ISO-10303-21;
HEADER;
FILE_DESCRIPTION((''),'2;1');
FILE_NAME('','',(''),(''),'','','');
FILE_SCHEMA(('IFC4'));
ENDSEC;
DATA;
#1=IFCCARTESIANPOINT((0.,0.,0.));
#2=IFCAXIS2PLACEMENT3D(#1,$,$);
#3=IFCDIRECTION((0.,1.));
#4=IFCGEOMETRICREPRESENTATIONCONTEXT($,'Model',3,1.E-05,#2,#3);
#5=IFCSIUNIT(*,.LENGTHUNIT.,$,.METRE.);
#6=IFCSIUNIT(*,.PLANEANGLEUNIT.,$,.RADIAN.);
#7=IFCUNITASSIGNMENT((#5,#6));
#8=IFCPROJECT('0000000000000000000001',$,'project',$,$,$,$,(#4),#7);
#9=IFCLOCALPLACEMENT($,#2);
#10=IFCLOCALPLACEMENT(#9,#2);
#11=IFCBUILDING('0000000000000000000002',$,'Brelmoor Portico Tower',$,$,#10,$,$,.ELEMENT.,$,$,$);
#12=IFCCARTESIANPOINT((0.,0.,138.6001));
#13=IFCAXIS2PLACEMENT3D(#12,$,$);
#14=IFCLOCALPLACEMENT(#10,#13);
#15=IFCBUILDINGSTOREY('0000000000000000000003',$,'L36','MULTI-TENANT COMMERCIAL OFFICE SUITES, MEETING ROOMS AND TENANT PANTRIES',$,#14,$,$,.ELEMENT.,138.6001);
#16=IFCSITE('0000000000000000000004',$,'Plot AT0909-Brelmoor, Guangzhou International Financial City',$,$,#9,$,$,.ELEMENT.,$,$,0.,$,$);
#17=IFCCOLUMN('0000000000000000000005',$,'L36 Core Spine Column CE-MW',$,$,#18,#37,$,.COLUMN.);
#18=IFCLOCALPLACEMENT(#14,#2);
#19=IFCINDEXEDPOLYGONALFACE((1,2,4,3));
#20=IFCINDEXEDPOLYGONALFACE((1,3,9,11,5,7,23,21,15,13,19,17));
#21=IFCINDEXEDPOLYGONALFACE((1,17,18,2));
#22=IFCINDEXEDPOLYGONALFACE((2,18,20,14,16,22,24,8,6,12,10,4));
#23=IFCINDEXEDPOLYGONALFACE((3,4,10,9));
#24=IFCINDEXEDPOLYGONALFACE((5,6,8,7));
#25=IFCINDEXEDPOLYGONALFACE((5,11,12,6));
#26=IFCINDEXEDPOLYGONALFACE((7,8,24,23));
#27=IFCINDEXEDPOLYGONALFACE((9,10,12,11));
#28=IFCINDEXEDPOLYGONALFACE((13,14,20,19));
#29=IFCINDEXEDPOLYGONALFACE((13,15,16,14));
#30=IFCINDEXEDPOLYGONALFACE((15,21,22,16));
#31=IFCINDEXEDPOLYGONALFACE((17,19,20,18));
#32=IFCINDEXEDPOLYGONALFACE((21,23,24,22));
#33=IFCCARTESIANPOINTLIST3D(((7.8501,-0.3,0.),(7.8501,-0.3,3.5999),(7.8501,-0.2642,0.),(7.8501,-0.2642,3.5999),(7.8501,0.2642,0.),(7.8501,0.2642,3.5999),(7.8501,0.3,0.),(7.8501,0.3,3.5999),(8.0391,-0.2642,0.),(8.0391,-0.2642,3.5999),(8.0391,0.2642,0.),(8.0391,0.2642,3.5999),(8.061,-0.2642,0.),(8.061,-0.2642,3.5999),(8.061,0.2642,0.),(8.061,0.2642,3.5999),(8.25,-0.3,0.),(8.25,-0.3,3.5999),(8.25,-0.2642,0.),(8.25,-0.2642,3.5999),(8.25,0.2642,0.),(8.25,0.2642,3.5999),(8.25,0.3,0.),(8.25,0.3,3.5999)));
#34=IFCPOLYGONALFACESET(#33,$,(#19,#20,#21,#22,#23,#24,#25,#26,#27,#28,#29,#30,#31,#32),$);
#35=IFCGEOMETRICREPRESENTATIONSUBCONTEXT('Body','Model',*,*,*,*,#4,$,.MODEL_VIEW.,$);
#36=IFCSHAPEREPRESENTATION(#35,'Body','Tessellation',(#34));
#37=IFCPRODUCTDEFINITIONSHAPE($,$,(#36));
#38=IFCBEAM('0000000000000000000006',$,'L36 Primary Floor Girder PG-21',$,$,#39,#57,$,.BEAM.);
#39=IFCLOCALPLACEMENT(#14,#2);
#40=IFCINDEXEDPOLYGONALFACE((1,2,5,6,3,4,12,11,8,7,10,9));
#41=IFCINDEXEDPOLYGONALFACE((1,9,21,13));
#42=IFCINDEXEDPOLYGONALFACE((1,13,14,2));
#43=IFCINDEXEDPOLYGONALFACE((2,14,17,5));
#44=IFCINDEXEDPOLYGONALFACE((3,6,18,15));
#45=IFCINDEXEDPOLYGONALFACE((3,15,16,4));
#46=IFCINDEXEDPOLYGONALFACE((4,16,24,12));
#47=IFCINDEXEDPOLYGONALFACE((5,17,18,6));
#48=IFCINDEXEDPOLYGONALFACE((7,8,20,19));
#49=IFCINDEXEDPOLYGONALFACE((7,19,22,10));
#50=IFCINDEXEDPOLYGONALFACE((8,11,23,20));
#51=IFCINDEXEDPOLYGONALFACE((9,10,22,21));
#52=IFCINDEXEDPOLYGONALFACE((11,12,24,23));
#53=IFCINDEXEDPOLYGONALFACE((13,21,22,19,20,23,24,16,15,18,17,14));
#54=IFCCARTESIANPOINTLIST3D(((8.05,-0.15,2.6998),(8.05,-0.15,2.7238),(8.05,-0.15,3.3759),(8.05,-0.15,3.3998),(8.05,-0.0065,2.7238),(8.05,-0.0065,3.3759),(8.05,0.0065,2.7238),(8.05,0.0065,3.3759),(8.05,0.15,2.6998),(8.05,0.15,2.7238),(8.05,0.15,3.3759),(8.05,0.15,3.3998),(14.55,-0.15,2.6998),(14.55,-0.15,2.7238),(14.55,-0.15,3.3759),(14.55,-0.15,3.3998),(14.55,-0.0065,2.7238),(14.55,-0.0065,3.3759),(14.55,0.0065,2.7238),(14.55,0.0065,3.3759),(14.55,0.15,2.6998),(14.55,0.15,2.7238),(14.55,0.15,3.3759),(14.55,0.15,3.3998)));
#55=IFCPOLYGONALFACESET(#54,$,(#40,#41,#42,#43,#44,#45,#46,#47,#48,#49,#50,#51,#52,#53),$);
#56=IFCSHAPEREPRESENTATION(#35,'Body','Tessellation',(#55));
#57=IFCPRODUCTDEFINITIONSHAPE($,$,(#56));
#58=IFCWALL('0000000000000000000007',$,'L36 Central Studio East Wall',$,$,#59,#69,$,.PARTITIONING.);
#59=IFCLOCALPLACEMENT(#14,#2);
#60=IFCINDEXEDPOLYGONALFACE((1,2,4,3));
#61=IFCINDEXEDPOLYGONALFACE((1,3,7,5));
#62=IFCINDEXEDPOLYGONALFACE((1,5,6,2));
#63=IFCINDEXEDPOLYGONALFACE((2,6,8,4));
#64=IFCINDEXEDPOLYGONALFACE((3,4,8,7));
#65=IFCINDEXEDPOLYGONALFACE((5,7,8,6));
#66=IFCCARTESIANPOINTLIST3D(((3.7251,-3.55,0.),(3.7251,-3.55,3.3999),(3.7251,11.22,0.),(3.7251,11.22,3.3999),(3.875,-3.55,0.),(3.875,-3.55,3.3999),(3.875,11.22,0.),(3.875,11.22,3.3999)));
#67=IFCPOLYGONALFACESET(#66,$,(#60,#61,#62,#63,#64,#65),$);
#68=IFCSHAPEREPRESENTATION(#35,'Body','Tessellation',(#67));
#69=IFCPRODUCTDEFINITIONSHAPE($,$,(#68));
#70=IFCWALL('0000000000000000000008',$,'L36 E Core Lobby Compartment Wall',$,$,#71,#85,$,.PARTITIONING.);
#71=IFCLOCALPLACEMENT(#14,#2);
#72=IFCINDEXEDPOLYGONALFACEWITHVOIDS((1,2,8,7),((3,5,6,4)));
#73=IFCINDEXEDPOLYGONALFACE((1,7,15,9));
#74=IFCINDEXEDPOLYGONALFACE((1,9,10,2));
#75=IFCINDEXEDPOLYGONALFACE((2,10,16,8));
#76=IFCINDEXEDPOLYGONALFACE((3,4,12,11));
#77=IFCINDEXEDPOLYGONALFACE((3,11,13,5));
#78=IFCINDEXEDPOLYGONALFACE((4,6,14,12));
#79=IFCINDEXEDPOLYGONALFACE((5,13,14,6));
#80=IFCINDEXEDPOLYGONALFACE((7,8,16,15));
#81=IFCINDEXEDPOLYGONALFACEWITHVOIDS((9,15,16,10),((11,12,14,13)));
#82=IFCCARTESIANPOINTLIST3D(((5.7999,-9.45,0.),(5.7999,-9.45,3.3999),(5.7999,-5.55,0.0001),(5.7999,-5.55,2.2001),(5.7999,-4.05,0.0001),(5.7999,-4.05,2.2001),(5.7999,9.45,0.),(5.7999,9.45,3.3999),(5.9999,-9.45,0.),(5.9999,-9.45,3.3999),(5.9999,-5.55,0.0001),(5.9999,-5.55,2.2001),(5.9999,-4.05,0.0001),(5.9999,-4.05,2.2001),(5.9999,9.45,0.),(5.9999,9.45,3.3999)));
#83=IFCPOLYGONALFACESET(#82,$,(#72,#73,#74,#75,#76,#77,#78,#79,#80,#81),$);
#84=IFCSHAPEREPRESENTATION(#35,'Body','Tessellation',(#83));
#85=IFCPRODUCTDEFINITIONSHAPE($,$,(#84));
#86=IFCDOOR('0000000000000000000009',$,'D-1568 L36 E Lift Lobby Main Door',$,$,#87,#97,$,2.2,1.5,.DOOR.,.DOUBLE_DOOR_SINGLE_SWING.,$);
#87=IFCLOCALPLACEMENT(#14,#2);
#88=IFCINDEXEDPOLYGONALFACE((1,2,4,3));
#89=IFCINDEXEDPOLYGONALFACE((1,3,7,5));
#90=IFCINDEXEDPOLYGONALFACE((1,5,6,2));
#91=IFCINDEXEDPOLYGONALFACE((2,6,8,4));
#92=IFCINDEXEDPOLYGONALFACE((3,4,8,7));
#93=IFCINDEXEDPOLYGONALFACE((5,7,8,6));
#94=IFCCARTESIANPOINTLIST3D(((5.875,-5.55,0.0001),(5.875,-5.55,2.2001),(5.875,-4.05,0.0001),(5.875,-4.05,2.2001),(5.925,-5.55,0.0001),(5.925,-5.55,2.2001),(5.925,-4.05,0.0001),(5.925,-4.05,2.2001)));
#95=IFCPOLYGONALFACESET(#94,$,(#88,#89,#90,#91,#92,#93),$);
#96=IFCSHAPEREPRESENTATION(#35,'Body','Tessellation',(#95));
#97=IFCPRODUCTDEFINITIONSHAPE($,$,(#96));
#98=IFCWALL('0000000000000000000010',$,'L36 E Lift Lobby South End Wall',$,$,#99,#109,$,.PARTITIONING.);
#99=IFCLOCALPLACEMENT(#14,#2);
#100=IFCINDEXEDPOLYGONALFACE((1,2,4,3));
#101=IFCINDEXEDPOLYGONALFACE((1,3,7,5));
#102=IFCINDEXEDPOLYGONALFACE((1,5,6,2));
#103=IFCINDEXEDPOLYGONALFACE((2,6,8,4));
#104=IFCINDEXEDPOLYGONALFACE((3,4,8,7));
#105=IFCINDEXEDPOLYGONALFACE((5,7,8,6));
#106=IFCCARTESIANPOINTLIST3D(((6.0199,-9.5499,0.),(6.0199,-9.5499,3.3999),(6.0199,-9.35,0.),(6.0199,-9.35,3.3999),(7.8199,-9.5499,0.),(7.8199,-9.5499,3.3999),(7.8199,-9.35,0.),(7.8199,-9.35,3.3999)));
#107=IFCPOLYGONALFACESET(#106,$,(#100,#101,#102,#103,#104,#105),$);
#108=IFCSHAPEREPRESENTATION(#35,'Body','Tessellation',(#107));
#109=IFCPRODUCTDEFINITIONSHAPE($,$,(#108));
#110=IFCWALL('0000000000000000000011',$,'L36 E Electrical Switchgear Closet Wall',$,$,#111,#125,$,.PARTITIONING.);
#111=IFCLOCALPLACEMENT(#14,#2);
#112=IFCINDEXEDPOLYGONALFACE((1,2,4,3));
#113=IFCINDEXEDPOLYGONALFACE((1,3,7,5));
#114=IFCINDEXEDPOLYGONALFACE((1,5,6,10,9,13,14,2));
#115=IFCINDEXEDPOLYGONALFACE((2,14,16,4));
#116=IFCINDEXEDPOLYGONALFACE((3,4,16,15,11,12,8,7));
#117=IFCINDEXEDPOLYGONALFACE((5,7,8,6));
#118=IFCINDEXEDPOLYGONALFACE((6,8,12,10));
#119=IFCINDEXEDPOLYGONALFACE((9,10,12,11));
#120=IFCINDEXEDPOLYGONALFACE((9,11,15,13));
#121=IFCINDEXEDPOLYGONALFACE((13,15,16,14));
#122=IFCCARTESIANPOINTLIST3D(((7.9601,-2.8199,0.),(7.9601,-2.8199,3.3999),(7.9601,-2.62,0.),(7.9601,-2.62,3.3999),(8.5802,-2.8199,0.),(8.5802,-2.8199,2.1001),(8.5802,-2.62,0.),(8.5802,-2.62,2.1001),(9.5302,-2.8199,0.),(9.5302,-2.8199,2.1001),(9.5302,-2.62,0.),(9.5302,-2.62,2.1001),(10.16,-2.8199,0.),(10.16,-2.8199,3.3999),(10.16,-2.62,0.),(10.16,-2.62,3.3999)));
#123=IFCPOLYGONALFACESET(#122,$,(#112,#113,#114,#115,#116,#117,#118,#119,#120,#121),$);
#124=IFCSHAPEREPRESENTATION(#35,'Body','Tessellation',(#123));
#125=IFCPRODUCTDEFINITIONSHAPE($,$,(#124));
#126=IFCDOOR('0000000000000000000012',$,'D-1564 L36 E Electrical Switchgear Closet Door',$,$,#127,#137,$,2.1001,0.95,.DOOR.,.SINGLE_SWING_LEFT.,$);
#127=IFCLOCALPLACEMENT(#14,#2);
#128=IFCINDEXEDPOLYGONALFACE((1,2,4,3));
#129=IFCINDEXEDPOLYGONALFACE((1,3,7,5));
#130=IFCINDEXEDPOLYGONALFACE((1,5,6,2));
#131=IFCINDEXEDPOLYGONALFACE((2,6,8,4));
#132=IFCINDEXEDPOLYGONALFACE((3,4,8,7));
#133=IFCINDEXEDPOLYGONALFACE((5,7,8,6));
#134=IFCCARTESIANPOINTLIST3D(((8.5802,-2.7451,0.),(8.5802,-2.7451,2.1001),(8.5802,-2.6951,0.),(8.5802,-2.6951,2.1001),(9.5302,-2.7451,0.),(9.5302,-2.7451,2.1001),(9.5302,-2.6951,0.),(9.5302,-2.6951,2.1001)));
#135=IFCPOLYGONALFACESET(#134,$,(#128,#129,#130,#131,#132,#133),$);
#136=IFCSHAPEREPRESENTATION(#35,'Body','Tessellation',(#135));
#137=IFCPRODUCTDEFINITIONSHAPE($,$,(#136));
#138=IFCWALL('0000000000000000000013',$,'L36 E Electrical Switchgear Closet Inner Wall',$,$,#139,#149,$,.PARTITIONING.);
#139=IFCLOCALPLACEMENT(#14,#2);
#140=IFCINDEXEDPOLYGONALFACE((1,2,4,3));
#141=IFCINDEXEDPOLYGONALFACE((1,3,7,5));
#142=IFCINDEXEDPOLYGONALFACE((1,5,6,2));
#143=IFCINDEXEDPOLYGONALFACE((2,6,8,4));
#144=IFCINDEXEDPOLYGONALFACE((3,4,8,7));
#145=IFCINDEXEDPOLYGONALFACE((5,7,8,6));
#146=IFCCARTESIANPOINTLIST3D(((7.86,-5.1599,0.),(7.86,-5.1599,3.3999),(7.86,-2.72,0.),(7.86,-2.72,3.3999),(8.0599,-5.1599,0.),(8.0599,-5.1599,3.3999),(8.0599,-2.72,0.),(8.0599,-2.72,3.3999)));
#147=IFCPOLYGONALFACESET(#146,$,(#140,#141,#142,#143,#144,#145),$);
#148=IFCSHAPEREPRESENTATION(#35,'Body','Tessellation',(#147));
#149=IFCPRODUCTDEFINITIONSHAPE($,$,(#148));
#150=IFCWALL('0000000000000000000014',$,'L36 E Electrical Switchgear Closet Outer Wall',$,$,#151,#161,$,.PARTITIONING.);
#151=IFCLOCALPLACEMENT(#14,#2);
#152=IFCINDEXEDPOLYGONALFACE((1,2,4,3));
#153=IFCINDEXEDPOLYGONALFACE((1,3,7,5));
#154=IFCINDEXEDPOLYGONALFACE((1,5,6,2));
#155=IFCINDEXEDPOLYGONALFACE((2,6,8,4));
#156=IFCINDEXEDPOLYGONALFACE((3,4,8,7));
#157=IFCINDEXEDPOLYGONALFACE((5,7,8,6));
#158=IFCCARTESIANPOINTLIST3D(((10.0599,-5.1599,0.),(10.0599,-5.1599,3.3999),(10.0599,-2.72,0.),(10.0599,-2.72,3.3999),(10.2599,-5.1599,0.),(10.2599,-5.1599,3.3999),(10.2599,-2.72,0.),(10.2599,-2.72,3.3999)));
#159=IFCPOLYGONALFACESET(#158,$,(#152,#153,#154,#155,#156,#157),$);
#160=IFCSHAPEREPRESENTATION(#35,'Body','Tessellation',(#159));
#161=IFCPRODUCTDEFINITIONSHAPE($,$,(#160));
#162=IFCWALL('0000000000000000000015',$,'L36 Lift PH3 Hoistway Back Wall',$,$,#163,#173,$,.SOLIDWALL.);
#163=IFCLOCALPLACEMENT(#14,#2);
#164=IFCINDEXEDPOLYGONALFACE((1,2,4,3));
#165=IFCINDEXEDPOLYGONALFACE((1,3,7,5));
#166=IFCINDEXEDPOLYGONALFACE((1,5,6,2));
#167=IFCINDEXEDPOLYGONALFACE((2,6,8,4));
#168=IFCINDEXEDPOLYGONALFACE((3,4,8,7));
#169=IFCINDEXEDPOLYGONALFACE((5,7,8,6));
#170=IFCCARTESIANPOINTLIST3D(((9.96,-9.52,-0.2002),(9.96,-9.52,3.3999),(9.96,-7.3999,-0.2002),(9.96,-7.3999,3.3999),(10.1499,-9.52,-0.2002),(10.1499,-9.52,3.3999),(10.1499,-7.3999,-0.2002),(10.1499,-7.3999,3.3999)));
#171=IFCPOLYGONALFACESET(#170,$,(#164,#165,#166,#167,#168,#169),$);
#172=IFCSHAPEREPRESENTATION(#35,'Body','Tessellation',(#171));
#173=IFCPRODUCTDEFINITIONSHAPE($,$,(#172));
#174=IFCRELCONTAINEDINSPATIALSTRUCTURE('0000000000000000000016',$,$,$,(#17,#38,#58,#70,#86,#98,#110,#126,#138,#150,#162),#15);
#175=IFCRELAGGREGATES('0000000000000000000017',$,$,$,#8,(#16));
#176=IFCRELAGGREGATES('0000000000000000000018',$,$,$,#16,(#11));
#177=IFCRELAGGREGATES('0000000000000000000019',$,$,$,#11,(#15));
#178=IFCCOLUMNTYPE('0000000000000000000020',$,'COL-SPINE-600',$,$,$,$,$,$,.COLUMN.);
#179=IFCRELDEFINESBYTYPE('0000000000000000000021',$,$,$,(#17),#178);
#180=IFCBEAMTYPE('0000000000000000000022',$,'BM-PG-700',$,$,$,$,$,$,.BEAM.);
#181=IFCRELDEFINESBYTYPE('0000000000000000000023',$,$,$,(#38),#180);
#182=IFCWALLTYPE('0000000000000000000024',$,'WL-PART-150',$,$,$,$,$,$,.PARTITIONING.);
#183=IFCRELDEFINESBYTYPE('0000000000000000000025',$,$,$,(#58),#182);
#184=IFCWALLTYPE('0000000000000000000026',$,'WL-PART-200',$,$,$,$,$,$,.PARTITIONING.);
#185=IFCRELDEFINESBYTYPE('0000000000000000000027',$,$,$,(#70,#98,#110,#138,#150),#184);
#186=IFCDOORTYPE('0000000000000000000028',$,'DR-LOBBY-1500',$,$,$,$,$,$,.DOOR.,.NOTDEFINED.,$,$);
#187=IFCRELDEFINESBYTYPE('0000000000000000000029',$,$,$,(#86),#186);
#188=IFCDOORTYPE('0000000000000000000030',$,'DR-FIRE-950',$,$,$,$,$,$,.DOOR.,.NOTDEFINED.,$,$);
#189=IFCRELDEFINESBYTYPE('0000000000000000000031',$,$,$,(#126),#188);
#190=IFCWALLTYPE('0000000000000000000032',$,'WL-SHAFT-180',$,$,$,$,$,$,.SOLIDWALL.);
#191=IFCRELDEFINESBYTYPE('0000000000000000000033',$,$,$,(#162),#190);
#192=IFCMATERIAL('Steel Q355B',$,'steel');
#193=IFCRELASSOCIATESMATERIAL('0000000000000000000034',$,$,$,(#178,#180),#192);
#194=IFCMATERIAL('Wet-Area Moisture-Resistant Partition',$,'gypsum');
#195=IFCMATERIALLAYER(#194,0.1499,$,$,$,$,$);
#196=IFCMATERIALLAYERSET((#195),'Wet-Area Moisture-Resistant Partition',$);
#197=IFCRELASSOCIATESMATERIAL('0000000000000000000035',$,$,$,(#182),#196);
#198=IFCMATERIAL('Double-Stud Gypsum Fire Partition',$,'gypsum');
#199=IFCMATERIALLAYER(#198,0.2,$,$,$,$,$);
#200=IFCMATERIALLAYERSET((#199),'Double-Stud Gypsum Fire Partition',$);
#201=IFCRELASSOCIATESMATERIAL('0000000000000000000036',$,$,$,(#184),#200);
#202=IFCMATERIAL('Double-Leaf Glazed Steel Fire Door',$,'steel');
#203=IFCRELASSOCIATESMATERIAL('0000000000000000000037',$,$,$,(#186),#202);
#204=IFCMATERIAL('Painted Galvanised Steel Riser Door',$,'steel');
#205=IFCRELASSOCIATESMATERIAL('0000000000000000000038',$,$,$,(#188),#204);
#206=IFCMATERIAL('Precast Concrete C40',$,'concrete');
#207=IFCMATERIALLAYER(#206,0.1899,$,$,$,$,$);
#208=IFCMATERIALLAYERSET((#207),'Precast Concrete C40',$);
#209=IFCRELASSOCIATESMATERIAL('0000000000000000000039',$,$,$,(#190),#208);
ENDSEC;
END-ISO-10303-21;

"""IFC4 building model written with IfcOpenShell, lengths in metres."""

from ifc_helpers import new_model, si_unit, direction, frame, frame_2d, origin, origin_2d, place, context, subcontext, project, spatial, rectangle, i_section, extrude, material, layer, layer_set, material_profile, profile_set, type_object, element, fill, save


model = new_model("IFC4")

# Units and contexts
model_context = context("Model", 3, precision=1e-05, world=origin(), true_north=direction((0.0, 1.0)))
body_context = subcontext(model_context, "Body", "Model", "MODEL_VIEW")
ifc_project = project(units=[si_unit("LENGTHUNIT", "METRE"), si_unit("PLANEANGLEUNIT", "RADIAN")], contexts=[model_context])

# Site, building, storey
site_placement = place(None, origin())
site = spatial("IfcSite", under=ifc_project, at=site_placement, Name="Plot AT0909-Brelmoor, Guangzhou International Financial City", CompositionType="ELEMENT", RefElevation=0.0)
building_placement = place(site_placement, origin())
building = spatial("IfcBuilding", under=site, at=building_placement, Name="Brelmoor Portico Tower", CompositionType="ELEMENT")
storey_placement = place(building_placement, frame((0.0, 0.0, 138.6001)))
storey = spatial("IfcBuildingStorey", under=building, at=storey_placement, Name="L36", Description="MULTI-TENANT COMMERCIAL OFFICE SUITES, MEETING ROOMS AND TENANT PANTRIES", CompositionType="ELEMENT", Elevation=138.6001)

# Column
ifc_material_1 = material(Name="Steel Q355B", Category="steel")
ifc_material_profile_1 = material_profile(ifc_material_1, i_section(OverallWidth=0.3999, OverallDepth=0.6001, WebThickness=0.022, FlangeThickness=0.0359, at=origin_2d()), Name="HW 600x400x22x36")
ifc_profile_set_1 = profile_set([ifc_material_profile_1], Name="Steel Q355B")
column_type = type_object("IfcColumnType", Name="COL-SPINE-600", PredefinedType="COLUMN", material=ifc_profile_set_1)
column_placement = place(storey_placement, frame((8.05, 0.0, 0.0), z_axis=(0.0, 0.0, 1.0), x_axis=(1.0, 0.0, 0.0)))
element("IfcColumn", 1, at=column_placement, inside=storey, type_object=column_type, Name="L36 Core Spine Column CE-MW", PredefinedType="COLUMN", context=body_context, shape_type="SweptSolid", body=[
    extrude(i_section(OverallWidth=0.3999, OverallDepth=0.6001, WebThickness=0.022, FlangeThickness=0.0359, at=origin_2d()), origin(), (0.0, 0.0, 1.0), 3.5999),
])

# Beam
ifc_material_profile_2 = material_profile(ifc_material_1, i_section(OverallWidth=0.3, OverallDepth=0.7, WebThickness=0.0129, FlangeThickness=0.0239, at=origin_2d()), Name="HN 700x300x13x24")
ifc_profile_set_2 = profile_set([ifc_material_profile_2], Name="Steel Q355B")
beam_type = type_object("IfcBeamType", Name="BM-PG-700", PredefinedType="BEAM", material=ifc_profile_set_2)
beam_placement = place(storey_placement, frame((8.05, 0.0, 3.0498), z_axis=(1.0, 0.0, 0.0), x_axis=(0.0, 1.0, 0.0)))
element("IfcBeam", 2, at=beam_placement, inside=storey, type_object=beam_type, Name="L36 Primary Floor Girder PG-21", PredefinedType="BEAM", context=body_context, shape_type="SweptSolid", body=[
    extrude(i_section(OverallWidth=0.3, OverallDepth=0.7, WebThickness=0.0129, FlangeThickness=0.0239, at=origin_2d()), origin(), (0.0, 0.0, 1.0), 6.5),
])

# Wall
ifc_material_2 = material(Name="Wet-Area Moisture-Resistant Partition", Category="gypsum")
ifc_layer_1 = layer(ifc_material_2, 0.1499)
ifc_layer_set_1 = layer_set([ifc_layer_1], Name="Wet-Area Moisture-Resistant Partition")
wall_type_1 = type_object("IfcWallType", Name="WL-PART-150", PredefinedType="PARTITIONING", material=ifc_layer_set_1)
wall_1_placement = place(storey_placement, frame((3.8, -3.55, 0.0), z_axis=(0.0, 0.0, 1.0), x_axis=(0.0, 1.0, 0.0)))
element("IfcWall", 3, at=wall_1_placement, inside=storey, type_object=wall_type_1, Name="L36 Central Studio East Wall", PredefinedType="PARTITIONING", context=body_context, shape_type="SweptSolid", body=[
    extrude(rectangle(XDim=14.77, YDim=0.1499, at=frame_2d((7.385, 0.0))), origin(), (0.0, 0.0, 1.0), 3.3999),
])

# Wall, opening, door
ifc_material_3 = material(Name="Double-Stud Gypsum Fire Partition", Category="gypsum")
ifc_layer_2 = layer(ifc_material_3, 0.2)
ifc_layer_set_2 = layer_set([ifc_layer_2], Name="Double-Stud Gypsum Fire Partition")
wall_type_2 = type_object("IfcWallType", Name="WL-PART-200", PredefinedType="PARTITIONING", material=ifc_layer_set_2)
wall_2_placement = place(storey_placement, frame((5.8999, -9.45, 0.0), z_axis=(0.0, 0.0, 1.0), x_axis=(0.0, 1.0, 0.0)))
wall_2 = element("IfcWall", 4, at=wall_2_placement, inside=storey, type_object=wall_type_2, Name="L36 E Core Lobby Compartment Wall", PredefinedType="PARTITIONING", context=body_context, shape_type="SweptSolid", body=[
    extrude(rectangle(XDim=18.8999, YDim=0.2, at=frame_2d((9.45, 0.0))), origin(), (0.0, 0.0, 1.0), 3.3999),
])
opening_1_placement = place(wall_2_placement, frame((3.8999, 0.0, 0.0)))
opening_1 = element("IfcOpeningElement", 5, at=opening_1_placement, cuts=wall_2, PredefinedType="OPENING", context=body_context, shape_type="SweptSolid", body=[
    extrude(rectangle(XDim=1.5, YDim=2.2, at=frame_2d((0.75, 1.1001))), frame((0.0, 0.1099, 0.0), z_axis=(0.0, -1.0, 0.0), x_axis=(1.0, 0.0, 0.0)), (0.0, 0.0, 1.0), 0.22),
])
ifc_material_4 = material(Name="Double-Leaf Glazed Steel Fire Door", Category="steel")
door_type_1 = type_object("IfcDoorType", Name="DR-LOBBY-1500", OperationType="NOTDEFINED", PredefinedType="DOOR", material=ifc_material_4)
door_1_placement = place(opening_1_placement, origin())
door_1 = element("IfcDoor", 6, at=door_1_placement, inside=storey, type_object=door_type_1, Name="D-1568 L36 E Lift Lobby Main Door", OperationType="DOUBLE_DOOR_SINGLE_SWING", OverallHeight=2.2, OverallWidth=1.5, PredefinedType="DOOR", context=body_context, shape_type="SweptSolid", body=[
    extrude(rectangle(XDim=1.5, YDim=2.2, at=frame_2d((0.75, 1.1001))), frame((0.0, 0.0249, 0.0), z_axis=(0.0, -1.0, 0.0), x_axis=(1.0, 0.0, 0.0)), (0.0, 0.0, 1.0), 0.05),
])
fill(opening_1, door_1)

# Wall
wall_3_placement = place(storey_placement, frame((6.02, -9.45, 0.0), z_axis=(0.0, 0.0, 1.0), x_axis=(1.0, 0.0, 0.0)))
element("IfcWall", 7, at=wall_3_placement, inside=storey, type_object=wall_type_2, Name="L36 E Lift Lobby South End Wall", PredefinedType="PARTITIONING", context=body_context, shape_type="SweptSolid", body=[
    extrude(rectangle(XDim=1.8, YDim=0.2, at=frame_2d((0.8999, 0.0))), origin(), (0.0, 0.0, 1.0), 3.3999),
])

# Wall, opening, door
wall_4_placement = place(storey_placement, frame((7.96, -2.72, 0.0), z_axis=(0.0, 0.0, 1.0), x_axis=(1.0, 0.0, 0.0)))
wall_4 = element("IfcWall", 8, at=wall_4_placement, inside=storey, type_object=wall_type_2, Name="L36 E Electrical Switchgear Closet Wall", PredefinedType="PARTITIONING", context=body_context, shape_type="SweptSolid", body=[
    extrude(rectangle(XDim=2.2, YDim=0.2, at=frame_2d((1.1001, 0.0))), origin(), (0.0, 0.0, 1.0), 3.3999),
])
opening_2_placement = place(wall_4_placement, frame((0.6201, 0.0, 0.0)))
opening_2 = element("IfcOpeningElement", 9, at=opening_2_placement, cuts=wall_4, PredefinedType="OPENING", context=body_context, shape_type="SweptSolid", body=[
    extrude(rectangle(XDim=0.95, YDim=2.1001, at=frame_2d((0.4751, 1.05))), frame((0.0, 0.1099, 0.0), z_axis=(0.0, -1.0, 0.0), x_axis=(1.0, 0.0, 0.0)), (0.0, 0.0, 1.0), 0.22),
])
ifc_material_5 = material(Name="Painted Galvanised Steel Riser Door", Category="steel")
door_type_2 = type_object("IfcDoorType", Name="DR-FIRE-950", OperationType="NOTDEFINED", PredefinedType="DOOR", material=ifc_material_5)
door_2_placement = place(opening_2_placement, origin())
door_2 = element("IfcDoor", 10, at=door_2_placement, inside=storey, type_object=door_type_2, Name="D-1564 L36 E Electrical Switchgear Closet Door", OperationType="SINGLE_SWING_LEFT", OverallHeight=2.1001, OverallWidth=0.95, PredefinedType="DOOR", context=body_context, shape_type="SweptSolid", body=[
    extrude(rectangle(XDim=0.95, YDim=2.1001, at=frame_2d((0.4751, 1.05))), frame((0.0, 0.0249, 0.0), z_axis=(0.0, -1.0, 0.0), x_axis=(1.0, 0.0, 0.0)), (0.0, 0.0, 1.0), 0.05),
])
fill(opening_2, door_2)

# Walls
for number, where, z_axis, x_axis, name in (
    (11, (7.96, -5.1599, 0.0), (0.0, 0.0, 1.0), (0.0, 1.0, 0.0), "L36 E Electrical Switchgear Closet Inner Wall"),
    (12, (10.1599, -5.1599, 0.0), (0.0, 0.0, 1.0), (0.0, 1.0, 0.0), "L36 E Electrical Switchgear Closet Outer Wall"),
):
    element("IfcWall", number, at=place(storey_placement, frame(where, z_axis=z_axis, x_axis=x_axis)), inside=storey, type_object=wall_type_2, Name=name, PredefinedType="PARTITIONING", context=body_context, shape_type="SweptSolid", body=[
        extrude(rectangle(XDim=2.4399, YDim=0.2, at=frame_2d((1.22, 0.0))), origin(), (0.0, 0.0, 1.0), 3.3999),
    ])
ifc_material_6 = material(Name="Precast Concrete C40", Category="concrete")
ifc_layer_3 = layer(ifc_material_6, 0.1899)
ifc_layer_set_3 = layer_set([ifc_layer_3], Name="Precast Concrete C40")
wall_type_3 = type_object("IfcWallType", Name="WL-SHAFT-180", PredefinedType="SOLIDWALL", material=ifc_layer_set_3)
wall_5_placement = place(storey_placement, frame((10.0549, -9.52, -0.2002), z_axis=(0.0, 0.0, 1.0), x_axis=(0.0, 1.0, 0.0)))
element("IfcWall", 13, at=wall_5_placement, inside=storey, type_object=wall_type_3, Name="L36 Lift PH3 Hoistway Back Wall", PredefinedType="SOLIDWALL", context=body_context, shape_type="SweptSolid", body=[
    extrude(rectangle(XDim=2.1201, YDim=0.1899, at=frame_2d((1.0601, 0.0))), origin(), (0.0, 0.0, 1.0), 3.6001),
])

save(model, "model.ifc")
